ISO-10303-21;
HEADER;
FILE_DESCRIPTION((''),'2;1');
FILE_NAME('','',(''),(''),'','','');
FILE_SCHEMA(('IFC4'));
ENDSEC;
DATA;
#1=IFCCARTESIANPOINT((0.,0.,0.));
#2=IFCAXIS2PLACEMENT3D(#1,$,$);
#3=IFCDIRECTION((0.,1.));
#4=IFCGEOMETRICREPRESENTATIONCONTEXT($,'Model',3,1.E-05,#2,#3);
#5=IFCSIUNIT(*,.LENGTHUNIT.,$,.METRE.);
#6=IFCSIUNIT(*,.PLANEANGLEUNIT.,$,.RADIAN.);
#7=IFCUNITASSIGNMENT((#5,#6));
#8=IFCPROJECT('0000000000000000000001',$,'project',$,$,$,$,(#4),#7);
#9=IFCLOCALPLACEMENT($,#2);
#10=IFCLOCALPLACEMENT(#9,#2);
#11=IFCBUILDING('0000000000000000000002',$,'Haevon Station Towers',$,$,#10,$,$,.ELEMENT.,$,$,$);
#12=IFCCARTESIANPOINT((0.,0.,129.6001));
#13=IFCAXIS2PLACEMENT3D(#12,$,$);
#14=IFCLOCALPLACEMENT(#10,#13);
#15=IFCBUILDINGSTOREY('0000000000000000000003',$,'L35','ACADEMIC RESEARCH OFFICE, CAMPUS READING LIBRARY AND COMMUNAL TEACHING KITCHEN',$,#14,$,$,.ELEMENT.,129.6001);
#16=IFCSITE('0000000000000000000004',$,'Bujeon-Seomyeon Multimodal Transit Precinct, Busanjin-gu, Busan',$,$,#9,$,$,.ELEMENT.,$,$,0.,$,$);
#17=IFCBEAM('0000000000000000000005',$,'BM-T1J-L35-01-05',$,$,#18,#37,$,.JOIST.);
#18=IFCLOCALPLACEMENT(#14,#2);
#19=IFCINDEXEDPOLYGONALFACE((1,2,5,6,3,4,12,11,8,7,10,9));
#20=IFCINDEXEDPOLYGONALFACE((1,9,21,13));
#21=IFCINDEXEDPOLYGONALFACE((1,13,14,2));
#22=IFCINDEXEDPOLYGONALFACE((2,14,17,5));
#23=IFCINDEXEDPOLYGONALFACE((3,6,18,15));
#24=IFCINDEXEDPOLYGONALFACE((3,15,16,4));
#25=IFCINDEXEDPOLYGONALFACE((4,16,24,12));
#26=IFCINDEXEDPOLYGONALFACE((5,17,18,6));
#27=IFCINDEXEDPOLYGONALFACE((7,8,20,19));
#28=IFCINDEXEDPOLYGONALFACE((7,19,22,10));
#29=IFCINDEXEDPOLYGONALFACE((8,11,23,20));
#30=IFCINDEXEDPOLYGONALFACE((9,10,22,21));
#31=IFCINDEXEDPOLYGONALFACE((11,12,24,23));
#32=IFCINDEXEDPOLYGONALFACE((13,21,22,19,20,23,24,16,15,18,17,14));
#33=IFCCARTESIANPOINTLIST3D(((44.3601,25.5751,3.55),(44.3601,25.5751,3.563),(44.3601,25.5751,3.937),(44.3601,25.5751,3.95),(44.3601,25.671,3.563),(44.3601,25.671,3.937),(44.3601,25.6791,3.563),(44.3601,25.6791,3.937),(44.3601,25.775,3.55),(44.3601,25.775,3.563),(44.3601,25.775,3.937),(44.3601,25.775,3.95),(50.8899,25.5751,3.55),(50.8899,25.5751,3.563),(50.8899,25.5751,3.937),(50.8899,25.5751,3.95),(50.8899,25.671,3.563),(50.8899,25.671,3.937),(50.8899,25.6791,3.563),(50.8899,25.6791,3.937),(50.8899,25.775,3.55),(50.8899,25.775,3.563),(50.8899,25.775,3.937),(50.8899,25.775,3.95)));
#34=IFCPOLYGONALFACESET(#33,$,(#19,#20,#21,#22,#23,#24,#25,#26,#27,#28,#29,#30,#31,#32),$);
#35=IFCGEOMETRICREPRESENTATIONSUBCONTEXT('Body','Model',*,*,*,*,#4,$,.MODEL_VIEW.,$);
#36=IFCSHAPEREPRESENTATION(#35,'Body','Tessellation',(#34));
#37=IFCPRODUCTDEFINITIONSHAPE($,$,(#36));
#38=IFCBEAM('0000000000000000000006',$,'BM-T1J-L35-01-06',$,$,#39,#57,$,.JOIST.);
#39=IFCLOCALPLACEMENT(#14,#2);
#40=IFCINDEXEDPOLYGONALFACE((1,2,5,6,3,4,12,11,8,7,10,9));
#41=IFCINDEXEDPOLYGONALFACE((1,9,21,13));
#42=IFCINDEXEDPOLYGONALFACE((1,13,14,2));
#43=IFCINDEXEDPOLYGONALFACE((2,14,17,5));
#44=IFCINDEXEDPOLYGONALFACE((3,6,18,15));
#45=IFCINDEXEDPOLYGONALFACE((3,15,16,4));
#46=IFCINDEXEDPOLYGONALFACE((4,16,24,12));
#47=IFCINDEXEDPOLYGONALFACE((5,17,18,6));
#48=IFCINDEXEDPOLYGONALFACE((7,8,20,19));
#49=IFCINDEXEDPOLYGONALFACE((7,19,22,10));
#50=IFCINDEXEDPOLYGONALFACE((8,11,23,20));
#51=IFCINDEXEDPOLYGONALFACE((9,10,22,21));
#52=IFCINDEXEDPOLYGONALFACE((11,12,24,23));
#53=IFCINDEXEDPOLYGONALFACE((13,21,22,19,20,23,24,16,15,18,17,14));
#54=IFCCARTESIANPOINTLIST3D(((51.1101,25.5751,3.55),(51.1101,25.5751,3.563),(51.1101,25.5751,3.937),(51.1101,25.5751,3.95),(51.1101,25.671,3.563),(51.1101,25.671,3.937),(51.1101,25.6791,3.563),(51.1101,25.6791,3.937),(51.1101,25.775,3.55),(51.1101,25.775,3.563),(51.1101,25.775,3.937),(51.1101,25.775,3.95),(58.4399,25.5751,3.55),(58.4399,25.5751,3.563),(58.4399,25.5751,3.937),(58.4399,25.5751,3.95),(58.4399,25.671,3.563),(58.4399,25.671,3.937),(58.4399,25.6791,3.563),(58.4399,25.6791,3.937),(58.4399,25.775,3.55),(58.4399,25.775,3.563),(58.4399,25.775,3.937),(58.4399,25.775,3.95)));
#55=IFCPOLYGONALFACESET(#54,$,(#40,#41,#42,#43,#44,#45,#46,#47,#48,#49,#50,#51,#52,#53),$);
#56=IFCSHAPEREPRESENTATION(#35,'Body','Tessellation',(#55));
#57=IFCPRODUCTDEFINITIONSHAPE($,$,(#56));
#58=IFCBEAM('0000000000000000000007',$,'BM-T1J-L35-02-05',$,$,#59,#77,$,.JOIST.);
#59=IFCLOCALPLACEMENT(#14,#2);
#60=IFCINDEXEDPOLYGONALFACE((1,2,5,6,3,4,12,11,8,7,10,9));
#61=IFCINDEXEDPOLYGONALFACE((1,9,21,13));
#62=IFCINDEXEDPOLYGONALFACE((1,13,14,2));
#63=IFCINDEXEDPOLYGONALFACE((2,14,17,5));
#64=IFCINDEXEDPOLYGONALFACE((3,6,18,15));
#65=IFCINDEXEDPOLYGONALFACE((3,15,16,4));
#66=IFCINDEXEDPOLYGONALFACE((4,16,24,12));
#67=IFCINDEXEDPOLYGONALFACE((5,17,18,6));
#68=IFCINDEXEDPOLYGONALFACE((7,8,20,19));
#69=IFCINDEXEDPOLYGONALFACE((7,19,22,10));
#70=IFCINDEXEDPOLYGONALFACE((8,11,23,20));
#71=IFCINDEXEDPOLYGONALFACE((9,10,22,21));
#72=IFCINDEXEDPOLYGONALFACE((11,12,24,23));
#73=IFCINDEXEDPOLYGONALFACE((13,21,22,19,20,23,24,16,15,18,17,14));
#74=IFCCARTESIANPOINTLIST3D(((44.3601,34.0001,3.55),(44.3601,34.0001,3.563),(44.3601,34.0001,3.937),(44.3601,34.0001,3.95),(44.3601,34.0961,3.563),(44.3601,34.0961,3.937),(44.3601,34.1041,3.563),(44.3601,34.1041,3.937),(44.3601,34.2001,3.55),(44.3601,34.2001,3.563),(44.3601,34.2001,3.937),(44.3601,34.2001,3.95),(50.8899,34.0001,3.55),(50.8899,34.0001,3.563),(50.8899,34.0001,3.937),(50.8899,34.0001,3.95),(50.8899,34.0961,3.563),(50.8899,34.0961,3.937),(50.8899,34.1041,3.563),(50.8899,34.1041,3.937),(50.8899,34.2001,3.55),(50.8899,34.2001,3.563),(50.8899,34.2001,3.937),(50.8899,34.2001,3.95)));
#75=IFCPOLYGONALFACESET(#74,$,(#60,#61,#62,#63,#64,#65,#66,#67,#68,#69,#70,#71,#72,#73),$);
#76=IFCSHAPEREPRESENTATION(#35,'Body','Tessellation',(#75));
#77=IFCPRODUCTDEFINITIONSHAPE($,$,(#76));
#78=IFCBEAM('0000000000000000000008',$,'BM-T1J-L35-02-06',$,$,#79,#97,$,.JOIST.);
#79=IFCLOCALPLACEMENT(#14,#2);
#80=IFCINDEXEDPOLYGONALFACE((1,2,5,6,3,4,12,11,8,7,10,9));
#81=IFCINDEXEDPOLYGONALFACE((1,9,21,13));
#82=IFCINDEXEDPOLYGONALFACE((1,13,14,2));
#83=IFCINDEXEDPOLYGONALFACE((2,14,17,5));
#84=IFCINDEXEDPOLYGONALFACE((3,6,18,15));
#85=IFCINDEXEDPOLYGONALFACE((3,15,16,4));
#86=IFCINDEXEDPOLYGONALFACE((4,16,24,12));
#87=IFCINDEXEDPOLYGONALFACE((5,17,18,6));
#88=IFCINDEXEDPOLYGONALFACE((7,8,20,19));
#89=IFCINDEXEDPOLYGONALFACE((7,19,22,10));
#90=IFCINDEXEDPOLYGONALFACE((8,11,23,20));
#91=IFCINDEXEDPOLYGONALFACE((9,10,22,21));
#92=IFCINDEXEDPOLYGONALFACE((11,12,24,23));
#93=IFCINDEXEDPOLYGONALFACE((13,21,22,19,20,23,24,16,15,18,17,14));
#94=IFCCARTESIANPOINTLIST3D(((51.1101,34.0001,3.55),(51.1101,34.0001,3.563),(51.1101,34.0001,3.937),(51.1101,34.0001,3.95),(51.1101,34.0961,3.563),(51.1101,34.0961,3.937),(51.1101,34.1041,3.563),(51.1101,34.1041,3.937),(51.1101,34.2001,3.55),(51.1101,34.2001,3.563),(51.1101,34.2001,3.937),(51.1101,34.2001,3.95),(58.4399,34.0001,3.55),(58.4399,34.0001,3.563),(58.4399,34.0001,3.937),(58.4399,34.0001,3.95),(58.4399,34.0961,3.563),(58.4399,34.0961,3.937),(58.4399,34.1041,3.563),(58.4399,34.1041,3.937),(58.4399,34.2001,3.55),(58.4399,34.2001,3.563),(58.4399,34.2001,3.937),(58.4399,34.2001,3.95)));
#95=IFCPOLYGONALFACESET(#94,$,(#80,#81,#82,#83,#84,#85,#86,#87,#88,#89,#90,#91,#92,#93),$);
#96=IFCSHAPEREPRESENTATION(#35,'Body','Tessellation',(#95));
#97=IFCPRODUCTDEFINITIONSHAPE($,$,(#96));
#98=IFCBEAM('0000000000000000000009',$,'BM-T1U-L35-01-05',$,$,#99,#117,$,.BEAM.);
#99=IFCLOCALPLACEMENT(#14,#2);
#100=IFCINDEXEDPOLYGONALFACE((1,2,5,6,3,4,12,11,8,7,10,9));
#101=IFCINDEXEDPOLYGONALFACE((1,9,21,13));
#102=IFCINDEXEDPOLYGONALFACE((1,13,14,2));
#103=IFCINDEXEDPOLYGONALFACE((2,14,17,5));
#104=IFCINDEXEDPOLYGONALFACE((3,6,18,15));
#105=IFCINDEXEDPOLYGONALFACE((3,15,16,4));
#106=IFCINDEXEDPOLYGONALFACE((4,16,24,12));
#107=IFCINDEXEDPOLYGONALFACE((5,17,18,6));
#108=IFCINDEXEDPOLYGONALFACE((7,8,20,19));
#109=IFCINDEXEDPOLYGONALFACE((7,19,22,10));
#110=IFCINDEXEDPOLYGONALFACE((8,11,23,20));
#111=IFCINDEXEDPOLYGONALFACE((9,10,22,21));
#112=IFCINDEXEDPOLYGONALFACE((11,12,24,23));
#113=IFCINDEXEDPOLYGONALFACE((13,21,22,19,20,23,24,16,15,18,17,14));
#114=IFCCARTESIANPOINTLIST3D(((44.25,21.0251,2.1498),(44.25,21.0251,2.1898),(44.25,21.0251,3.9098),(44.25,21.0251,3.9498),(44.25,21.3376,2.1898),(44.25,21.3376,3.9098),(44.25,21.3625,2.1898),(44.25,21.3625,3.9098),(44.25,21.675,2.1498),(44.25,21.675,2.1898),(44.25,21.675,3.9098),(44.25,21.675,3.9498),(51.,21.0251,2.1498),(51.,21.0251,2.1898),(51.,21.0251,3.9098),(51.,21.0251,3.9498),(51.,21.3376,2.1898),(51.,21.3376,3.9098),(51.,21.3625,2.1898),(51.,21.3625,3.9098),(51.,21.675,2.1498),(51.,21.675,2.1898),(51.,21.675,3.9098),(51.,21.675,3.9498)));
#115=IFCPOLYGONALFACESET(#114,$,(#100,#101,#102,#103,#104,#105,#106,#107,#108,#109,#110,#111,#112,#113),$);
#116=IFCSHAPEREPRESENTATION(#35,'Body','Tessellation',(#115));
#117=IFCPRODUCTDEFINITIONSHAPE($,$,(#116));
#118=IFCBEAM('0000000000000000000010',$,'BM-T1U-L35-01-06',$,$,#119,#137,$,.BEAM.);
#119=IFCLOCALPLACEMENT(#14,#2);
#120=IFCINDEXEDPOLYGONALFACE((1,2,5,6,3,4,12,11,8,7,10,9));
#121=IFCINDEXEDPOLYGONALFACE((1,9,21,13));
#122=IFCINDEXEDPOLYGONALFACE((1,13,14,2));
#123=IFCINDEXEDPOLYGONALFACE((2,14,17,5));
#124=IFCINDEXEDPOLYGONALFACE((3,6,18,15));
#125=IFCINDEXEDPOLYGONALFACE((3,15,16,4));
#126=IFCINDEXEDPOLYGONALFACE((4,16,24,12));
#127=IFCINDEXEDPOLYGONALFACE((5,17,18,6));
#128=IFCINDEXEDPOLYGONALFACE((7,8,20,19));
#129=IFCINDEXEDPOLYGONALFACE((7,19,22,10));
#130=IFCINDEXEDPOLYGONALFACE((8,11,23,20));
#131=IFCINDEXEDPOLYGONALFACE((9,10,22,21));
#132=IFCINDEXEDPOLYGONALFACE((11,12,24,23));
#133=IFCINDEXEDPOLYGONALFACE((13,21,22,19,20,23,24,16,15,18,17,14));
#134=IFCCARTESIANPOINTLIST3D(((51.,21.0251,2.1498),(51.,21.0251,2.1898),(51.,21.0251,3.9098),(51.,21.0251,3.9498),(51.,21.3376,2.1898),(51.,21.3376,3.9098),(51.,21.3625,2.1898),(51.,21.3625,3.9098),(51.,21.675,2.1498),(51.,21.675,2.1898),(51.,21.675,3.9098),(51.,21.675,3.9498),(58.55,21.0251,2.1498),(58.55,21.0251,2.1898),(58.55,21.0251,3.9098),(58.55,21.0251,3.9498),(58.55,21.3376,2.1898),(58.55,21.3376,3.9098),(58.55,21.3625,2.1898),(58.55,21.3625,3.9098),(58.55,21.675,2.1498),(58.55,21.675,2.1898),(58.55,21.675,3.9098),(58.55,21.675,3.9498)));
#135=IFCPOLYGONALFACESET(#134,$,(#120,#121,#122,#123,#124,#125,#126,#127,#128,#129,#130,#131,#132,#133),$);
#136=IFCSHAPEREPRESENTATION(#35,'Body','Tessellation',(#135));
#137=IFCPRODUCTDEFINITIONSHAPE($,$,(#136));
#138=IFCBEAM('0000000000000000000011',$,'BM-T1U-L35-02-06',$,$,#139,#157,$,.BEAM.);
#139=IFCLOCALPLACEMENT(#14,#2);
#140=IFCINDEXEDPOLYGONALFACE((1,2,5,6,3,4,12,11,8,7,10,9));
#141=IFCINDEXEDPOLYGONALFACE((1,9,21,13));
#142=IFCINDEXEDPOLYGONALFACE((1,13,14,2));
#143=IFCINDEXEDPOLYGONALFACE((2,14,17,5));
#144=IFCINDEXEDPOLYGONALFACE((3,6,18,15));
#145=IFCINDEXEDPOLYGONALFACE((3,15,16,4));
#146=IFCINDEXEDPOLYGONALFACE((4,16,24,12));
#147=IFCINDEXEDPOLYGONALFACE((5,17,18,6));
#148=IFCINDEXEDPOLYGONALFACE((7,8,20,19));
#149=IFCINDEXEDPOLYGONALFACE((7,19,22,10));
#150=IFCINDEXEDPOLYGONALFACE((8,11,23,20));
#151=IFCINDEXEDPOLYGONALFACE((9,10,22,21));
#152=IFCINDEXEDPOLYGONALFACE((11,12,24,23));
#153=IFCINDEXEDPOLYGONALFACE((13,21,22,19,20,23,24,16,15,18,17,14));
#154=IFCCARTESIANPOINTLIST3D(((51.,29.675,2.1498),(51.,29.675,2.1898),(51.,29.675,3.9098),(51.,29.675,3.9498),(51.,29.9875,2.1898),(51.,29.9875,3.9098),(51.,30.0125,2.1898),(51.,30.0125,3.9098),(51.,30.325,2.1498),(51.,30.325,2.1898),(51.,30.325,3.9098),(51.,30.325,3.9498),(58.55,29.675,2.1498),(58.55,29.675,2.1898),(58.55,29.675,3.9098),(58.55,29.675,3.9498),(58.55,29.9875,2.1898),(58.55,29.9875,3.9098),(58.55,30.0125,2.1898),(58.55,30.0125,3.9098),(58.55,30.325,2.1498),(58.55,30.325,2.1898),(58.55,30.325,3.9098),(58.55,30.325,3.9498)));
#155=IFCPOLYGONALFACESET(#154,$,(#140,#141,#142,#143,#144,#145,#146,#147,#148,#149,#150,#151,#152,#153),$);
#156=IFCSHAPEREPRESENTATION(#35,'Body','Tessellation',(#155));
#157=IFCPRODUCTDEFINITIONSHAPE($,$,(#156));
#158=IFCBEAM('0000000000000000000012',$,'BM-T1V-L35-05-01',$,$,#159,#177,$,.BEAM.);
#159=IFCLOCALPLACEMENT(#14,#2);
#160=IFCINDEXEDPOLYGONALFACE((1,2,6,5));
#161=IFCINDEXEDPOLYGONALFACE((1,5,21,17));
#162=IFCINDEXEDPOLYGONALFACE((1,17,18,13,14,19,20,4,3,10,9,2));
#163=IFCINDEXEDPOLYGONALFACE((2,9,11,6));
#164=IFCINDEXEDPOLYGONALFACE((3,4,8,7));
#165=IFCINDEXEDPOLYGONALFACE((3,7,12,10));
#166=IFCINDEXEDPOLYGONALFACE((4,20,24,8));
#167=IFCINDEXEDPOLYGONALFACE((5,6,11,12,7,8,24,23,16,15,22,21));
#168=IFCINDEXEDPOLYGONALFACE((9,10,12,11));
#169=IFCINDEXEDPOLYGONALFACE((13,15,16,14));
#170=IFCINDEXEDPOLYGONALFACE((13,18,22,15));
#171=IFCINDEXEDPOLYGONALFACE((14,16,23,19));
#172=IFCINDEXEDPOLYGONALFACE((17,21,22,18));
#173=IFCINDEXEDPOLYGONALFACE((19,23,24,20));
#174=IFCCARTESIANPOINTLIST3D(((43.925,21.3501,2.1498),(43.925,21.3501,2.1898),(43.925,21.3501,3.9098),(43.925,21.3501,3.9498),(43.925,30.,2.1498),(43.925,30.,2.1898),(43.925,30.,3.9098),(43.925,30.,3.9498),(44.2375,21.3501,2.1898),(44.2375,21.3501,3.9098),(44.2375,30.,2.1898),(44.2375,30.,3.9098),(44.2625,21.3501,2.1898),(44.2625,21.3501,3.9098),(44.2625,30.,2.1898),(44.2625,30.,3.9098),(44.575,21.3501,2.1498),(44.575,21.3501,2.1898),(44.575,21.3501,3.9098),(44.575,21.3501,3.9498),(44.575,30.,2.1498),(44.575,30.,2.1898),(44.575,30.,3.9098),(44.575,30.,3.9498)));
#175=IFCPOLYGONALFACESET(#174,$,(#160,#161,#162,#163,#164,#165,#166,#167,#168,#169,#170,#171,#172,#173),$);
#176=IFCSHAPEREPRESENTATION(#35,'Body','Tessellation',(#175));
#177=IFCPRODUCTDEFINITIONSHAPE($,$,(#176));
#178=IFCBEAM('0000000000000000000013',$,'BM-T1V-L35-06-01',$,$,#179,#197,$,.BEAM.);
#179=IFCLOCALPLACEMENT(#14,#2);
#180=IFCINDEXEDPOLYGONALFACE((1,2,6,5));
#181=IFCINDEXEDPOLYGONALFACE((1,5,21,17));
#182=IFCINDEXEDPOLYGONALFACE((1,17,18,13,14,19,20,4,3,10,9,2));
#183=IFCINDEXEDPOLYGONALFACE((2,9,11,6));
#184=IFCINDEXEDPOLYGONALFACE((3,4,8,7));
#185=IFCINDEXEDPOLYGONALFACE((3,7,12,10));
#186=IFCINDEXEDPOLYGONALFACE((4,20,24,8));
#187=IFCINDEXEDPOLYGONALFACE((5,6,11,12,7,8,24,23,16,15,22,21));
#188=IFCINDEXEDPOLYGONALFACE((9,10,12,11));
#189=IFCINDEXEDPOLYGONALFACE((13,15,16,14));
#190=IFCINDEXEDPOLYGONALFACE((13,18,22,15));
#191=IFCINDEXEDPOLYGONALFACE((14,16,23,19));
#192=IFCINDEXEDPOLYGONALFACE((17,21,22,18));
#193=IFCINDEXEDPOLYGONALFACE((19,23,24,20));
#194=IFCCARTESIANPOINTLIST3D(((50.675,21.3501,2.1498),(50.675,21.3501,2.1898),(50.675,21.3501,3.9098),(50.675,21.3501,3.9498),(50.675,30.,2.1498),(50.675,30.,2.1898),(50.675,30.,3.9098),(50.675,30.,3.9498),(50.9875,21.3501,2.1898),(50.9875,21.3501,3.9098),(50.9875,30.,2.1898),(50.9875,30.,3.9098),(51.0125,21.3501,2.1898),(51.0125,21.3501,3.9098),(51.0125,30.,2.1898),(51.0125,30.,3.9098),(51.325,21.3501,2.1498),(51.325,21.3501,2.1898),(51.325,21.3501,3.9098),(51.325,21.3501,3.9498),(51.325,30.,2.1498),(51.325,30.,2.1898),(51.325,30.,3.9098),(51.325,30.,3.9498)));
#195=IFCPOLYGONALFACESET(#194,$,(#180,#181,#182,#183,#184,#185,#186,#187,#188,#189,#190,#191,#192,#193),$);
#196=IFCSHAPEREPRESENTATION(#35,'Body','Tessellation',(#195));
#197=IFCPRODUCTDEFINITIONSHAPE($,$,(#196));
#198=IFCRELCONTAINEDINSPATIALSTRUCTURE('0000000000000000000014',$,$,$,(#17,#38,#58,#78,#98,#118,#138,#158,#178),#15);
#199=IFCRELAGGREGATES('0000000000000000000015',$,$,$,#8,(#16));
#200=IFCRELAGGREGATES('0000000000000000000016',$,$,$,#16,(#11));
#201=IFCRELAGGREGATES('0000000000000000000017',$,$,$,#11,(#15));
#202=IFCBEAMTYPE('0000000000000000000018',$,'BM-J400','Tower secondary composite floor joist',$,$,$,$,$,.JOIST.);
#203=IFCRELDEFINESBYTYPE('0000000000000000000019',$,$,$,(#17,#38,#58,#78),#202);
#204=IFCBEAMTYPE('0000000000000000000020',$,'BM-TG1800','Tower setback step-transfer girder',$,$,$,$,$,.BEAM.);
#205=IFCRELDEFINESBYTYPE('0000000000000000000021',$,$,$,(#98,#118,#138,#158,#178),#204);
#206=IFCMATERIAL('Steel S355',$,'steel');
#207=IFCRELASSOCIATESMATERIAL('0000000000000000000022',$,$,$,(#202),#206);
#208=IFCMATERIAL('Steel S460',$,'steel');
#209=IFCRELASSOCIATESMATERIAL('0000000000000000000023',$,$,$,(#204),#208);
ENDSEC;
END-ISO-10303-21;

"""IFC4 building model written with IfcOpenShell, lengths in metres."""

from ifc_helpers import new_model, si_unit, direction, frame, origin, origin_2d, place, context, subcontext, project, spatial, i_section, extrude, material, material_profile, profile_set, type_object, element, save


model = new_model("IFC4")

# Units and contexts
model_context = context("Model", 3, precision=1e-05, world=origin(), true_north=direction((0.0, 1.0)))
body_context = subcontext(model_context, "Body", "Model", "MODEL_VIEW")
ifc_project = project(units=[si_unit("LENGTHUNIT", "METRE"), si_unit("PLANEANGLEUNIT", "RADIAN")], contexts=[model_context])

# Site, building, storey
site_placement = place(None, origin())
site = spatial("IfcSite", under=ifc_project, at=site_placement, Name="Bujeon-Seomyeon Multimodal Transit Precinct, Busanjin-gu, Busan", CompositionType="ELEMENT", RefElevation=0.0)
building_placement = place(site_placement, origin())
building = spatial("IfcBuilding", under=site, at=building_placement, Name="Haevon Station Towers", CompositionType="ELEMENT")
storey_placement = place(building_placement, frame((0.0, 0.0, 129.6001)))
storey = spatial("IfcBuildingStorey", under=building, at=storey_placement, Name="L35", Description="ACADEMIC RESEARCH OFFICE, CAMPUS READING LIBRARY AND COMMUNAL TEACHING KITCHEN", CompositionType="ELEMENT", Elevation=129.6001)

# Shared definitions
ifc_material_1 = material(Name="Steel S460", Category="steel")

# Beams
ifc_material_2 = material(Name="Steel S355", Category="steel")
ifc_material_profile_1 = material_profile(ifc_material_2, i_section(OverallWidth=0.2, OverallDepth=0.3999, WebThickness=0.0081, FlangeThickness=0.0129, at=origin_2d()), Name="H-400x200x8x13")
ifc_profile_set_1 = profile_set([ifc_material_profile_1], Name="Steel S355")
beam_type_1 = type_object("IfcBeamType", Name="BM-J400", Description="Tower secondary composite floor joist", PredefinedType="JOIST", material=ifc_profile_set_1)
beam_1_placement = place(storey_placement, frame((44.3601, 25.675, 3.75), z_axis=(1.0, 0.0, 0.0), x_axis=(0.0, 1.0, 0.0)))
element("IfcBeam", 1, at=beam_1_placement, inside=storey, type_object=beam_type_1, Name="BM-T1J-L35-01-05", PredefinedType="JOIST", context=body_context, shape_type="SweptSolid", body=[
    extrude(i_section(OverallWidth=0.2, OverallDepth=0.3999, WebThickness=0.0081, FlangeThickness=0.0129, at=origin_2d()), origin(), (0.0, 0.0, 1.0), 6.5298),
])
beam_2_placement = place(storey_placement, frame((51.1101, 25.675, 3.75), z_axis=(1.0, 0.0, 0.0), x_axis=(0.0, 1.0, 0.0)))
element("IfcBeam", 2, at=beam_2_placement, inside=storey, type_object=beam_type_1, Name="BM-T1J-L35-01-06", PredefinedType="JOIST", context=body_context, shape_type="SweptSolid", body=[
    extrude(i_section(OverallWidth=0.2, OverallDepth=0.3999, WebThickness=0.0081, FlangeThickness=0.0129, at=origin_2d()), origin(), (0.0, 0.0, 1.0), 7.3298),
])
beam_3_placement = place(storey_placement, frame((44.3601, 34.1001, 3.75), z_axis=(1.0, 0.0, 0.0), x_axis=(0.0, 1.0, 0.0)))
element("IfcBeam", 3, at=beam_3_placement, inside=storey, type_object=beam_type_1, Name="BM-T1J-L35-02-05", PredefinedType="JOIST", context=body_context, shape_type="SweptSolid", body=[
    extrude(i_section(OverallWidth=0.2, OverallDepth=0.3999, WebThickness=0.0081, FlangeThickness=0.0129, at=origin_2d()), origin(), (0.0, 0.0, 1.0), 6.5298),
])
beam_4_placement = place(storey_placement, frame((51.1101, 34.1001, 3.75), z_axis=(1.0, 0.0, 0.0), x_axis=(0.0, 1.0, 0.0)))
element("IfcBeam", 4, at=beam_4_placement, inside=storey, type_object=beam_type_1, Name="BM-T1J-L35-02-06", PredefinedType="JOIST", context=body_context, shape_type="SweptSolid", body=[
    extrude(i_section(OverallWidth=0.2, OverallDepth=0.3999, WebThickness=0.0081, FlangeThickness=0.0129, at=origin_2d()), origin(), (0.0, 0.0, 1.0), 7.3298),
])
ifc_material_profile_2 = material_profile(ifc_material_1, i_section(OverallWidth=0.6499, OverallDepth=1.8, WebThickness=0.0249, FlangeThickness=0.04, at=origin_2d()), Name="H-1800x650x25x40")
ifc_profile_set_2 = profile_set([ifc_material_profile_2], Name="Steel S460")
beam_type_2 = type_object("IfcBeamType", Name="BM-TG1800", Description="Tower setback step-transfer girder", PredefinedType="BEAM", material=ifc_profile_set_2)
beam_5_placement = place(storey_placement, frame((44.25, 21.3501, 3.0498), z_axis=(1.0, 0.0, 0.0), x_axis=(0.0, 1.0, 0.0)))
element("IfcBeam", 5, at=beam_5_placement, inside=storey, type_object=beam_type_2, Name="BM-T1U-L35-01-05", PredefinedType="BEAM", context=body_context, shape_type="SweptSolid", body=[
    extrude(i_section(OverallWidth=0.6499, OverallDepth=1.8, WebThickness=0.0249, FlangeThickness=0.04, at=origin_2d()), origin(), (0.0, 0.0, 1.0), 6.75),
])
for number, where, z_axis, x_axis, name in (
    (6, (51.0, 21.3501, 3.0498), (1.0, 0.0, 0.0), (0.0, 1.0, 0.0), "BM-T1U-L35-01-06"),
    (7, (51.0, 30.0, 3.0498), (1.0, 0.0, 0.0), (0.0, 1.0, 0.0), "BM-T1U-L35-02-06"),
):
    element("IfcBeam", number, at=place(storey_placement, frame(where, z_axis=z_axis, x_axis=x_axis)), inside=storey, type_object=beam_type_2, Name=name, PredefinedType="BEAM", context=body_context, shape_type="SweptSolid", body=[
        extrude(i_section(OverallWidth=0.6499, OverallDepth=1.8, WebThickness=0.0249, FlangeThickness=0.04, at=origin_2d()), origin(), (0.0, 0.0, 1.0), 7.55),
    ])
for number, where, z_axis, x_axis, name in (
    (8, (44.25, 21.3501, 3.0498), (0.0, 1.0, 0.0), (-1.0, 0.0, 0.0), "BM-T1V-L35-05-01"),
    (9, (51.0, 21.3501, 3.0498), (0.0, 1.0, 0.0), (-1.0, 0.0, 0.0), "BM-T1V-L35-06-01"),
):
    element("IfcBeam", number, at=place(storey_placement, frame(where, z_axis=z_axis, x_axis=x_axis)), inside=storey, type_object=beam_type_2, Name=name, PredefinedType="BEAM", context=body_context, shape_type="SweptSolid", body=[
        extrude(i_section(OverallWidth=0.6499, OverallDepth=1.8, WebThickness=0.0249, FlangeThickness=0.04, at=origin_2d()), origin(), (0.0, 0.0, 1.0), 8.6499),
    ])

save(model, "model.ifc")
